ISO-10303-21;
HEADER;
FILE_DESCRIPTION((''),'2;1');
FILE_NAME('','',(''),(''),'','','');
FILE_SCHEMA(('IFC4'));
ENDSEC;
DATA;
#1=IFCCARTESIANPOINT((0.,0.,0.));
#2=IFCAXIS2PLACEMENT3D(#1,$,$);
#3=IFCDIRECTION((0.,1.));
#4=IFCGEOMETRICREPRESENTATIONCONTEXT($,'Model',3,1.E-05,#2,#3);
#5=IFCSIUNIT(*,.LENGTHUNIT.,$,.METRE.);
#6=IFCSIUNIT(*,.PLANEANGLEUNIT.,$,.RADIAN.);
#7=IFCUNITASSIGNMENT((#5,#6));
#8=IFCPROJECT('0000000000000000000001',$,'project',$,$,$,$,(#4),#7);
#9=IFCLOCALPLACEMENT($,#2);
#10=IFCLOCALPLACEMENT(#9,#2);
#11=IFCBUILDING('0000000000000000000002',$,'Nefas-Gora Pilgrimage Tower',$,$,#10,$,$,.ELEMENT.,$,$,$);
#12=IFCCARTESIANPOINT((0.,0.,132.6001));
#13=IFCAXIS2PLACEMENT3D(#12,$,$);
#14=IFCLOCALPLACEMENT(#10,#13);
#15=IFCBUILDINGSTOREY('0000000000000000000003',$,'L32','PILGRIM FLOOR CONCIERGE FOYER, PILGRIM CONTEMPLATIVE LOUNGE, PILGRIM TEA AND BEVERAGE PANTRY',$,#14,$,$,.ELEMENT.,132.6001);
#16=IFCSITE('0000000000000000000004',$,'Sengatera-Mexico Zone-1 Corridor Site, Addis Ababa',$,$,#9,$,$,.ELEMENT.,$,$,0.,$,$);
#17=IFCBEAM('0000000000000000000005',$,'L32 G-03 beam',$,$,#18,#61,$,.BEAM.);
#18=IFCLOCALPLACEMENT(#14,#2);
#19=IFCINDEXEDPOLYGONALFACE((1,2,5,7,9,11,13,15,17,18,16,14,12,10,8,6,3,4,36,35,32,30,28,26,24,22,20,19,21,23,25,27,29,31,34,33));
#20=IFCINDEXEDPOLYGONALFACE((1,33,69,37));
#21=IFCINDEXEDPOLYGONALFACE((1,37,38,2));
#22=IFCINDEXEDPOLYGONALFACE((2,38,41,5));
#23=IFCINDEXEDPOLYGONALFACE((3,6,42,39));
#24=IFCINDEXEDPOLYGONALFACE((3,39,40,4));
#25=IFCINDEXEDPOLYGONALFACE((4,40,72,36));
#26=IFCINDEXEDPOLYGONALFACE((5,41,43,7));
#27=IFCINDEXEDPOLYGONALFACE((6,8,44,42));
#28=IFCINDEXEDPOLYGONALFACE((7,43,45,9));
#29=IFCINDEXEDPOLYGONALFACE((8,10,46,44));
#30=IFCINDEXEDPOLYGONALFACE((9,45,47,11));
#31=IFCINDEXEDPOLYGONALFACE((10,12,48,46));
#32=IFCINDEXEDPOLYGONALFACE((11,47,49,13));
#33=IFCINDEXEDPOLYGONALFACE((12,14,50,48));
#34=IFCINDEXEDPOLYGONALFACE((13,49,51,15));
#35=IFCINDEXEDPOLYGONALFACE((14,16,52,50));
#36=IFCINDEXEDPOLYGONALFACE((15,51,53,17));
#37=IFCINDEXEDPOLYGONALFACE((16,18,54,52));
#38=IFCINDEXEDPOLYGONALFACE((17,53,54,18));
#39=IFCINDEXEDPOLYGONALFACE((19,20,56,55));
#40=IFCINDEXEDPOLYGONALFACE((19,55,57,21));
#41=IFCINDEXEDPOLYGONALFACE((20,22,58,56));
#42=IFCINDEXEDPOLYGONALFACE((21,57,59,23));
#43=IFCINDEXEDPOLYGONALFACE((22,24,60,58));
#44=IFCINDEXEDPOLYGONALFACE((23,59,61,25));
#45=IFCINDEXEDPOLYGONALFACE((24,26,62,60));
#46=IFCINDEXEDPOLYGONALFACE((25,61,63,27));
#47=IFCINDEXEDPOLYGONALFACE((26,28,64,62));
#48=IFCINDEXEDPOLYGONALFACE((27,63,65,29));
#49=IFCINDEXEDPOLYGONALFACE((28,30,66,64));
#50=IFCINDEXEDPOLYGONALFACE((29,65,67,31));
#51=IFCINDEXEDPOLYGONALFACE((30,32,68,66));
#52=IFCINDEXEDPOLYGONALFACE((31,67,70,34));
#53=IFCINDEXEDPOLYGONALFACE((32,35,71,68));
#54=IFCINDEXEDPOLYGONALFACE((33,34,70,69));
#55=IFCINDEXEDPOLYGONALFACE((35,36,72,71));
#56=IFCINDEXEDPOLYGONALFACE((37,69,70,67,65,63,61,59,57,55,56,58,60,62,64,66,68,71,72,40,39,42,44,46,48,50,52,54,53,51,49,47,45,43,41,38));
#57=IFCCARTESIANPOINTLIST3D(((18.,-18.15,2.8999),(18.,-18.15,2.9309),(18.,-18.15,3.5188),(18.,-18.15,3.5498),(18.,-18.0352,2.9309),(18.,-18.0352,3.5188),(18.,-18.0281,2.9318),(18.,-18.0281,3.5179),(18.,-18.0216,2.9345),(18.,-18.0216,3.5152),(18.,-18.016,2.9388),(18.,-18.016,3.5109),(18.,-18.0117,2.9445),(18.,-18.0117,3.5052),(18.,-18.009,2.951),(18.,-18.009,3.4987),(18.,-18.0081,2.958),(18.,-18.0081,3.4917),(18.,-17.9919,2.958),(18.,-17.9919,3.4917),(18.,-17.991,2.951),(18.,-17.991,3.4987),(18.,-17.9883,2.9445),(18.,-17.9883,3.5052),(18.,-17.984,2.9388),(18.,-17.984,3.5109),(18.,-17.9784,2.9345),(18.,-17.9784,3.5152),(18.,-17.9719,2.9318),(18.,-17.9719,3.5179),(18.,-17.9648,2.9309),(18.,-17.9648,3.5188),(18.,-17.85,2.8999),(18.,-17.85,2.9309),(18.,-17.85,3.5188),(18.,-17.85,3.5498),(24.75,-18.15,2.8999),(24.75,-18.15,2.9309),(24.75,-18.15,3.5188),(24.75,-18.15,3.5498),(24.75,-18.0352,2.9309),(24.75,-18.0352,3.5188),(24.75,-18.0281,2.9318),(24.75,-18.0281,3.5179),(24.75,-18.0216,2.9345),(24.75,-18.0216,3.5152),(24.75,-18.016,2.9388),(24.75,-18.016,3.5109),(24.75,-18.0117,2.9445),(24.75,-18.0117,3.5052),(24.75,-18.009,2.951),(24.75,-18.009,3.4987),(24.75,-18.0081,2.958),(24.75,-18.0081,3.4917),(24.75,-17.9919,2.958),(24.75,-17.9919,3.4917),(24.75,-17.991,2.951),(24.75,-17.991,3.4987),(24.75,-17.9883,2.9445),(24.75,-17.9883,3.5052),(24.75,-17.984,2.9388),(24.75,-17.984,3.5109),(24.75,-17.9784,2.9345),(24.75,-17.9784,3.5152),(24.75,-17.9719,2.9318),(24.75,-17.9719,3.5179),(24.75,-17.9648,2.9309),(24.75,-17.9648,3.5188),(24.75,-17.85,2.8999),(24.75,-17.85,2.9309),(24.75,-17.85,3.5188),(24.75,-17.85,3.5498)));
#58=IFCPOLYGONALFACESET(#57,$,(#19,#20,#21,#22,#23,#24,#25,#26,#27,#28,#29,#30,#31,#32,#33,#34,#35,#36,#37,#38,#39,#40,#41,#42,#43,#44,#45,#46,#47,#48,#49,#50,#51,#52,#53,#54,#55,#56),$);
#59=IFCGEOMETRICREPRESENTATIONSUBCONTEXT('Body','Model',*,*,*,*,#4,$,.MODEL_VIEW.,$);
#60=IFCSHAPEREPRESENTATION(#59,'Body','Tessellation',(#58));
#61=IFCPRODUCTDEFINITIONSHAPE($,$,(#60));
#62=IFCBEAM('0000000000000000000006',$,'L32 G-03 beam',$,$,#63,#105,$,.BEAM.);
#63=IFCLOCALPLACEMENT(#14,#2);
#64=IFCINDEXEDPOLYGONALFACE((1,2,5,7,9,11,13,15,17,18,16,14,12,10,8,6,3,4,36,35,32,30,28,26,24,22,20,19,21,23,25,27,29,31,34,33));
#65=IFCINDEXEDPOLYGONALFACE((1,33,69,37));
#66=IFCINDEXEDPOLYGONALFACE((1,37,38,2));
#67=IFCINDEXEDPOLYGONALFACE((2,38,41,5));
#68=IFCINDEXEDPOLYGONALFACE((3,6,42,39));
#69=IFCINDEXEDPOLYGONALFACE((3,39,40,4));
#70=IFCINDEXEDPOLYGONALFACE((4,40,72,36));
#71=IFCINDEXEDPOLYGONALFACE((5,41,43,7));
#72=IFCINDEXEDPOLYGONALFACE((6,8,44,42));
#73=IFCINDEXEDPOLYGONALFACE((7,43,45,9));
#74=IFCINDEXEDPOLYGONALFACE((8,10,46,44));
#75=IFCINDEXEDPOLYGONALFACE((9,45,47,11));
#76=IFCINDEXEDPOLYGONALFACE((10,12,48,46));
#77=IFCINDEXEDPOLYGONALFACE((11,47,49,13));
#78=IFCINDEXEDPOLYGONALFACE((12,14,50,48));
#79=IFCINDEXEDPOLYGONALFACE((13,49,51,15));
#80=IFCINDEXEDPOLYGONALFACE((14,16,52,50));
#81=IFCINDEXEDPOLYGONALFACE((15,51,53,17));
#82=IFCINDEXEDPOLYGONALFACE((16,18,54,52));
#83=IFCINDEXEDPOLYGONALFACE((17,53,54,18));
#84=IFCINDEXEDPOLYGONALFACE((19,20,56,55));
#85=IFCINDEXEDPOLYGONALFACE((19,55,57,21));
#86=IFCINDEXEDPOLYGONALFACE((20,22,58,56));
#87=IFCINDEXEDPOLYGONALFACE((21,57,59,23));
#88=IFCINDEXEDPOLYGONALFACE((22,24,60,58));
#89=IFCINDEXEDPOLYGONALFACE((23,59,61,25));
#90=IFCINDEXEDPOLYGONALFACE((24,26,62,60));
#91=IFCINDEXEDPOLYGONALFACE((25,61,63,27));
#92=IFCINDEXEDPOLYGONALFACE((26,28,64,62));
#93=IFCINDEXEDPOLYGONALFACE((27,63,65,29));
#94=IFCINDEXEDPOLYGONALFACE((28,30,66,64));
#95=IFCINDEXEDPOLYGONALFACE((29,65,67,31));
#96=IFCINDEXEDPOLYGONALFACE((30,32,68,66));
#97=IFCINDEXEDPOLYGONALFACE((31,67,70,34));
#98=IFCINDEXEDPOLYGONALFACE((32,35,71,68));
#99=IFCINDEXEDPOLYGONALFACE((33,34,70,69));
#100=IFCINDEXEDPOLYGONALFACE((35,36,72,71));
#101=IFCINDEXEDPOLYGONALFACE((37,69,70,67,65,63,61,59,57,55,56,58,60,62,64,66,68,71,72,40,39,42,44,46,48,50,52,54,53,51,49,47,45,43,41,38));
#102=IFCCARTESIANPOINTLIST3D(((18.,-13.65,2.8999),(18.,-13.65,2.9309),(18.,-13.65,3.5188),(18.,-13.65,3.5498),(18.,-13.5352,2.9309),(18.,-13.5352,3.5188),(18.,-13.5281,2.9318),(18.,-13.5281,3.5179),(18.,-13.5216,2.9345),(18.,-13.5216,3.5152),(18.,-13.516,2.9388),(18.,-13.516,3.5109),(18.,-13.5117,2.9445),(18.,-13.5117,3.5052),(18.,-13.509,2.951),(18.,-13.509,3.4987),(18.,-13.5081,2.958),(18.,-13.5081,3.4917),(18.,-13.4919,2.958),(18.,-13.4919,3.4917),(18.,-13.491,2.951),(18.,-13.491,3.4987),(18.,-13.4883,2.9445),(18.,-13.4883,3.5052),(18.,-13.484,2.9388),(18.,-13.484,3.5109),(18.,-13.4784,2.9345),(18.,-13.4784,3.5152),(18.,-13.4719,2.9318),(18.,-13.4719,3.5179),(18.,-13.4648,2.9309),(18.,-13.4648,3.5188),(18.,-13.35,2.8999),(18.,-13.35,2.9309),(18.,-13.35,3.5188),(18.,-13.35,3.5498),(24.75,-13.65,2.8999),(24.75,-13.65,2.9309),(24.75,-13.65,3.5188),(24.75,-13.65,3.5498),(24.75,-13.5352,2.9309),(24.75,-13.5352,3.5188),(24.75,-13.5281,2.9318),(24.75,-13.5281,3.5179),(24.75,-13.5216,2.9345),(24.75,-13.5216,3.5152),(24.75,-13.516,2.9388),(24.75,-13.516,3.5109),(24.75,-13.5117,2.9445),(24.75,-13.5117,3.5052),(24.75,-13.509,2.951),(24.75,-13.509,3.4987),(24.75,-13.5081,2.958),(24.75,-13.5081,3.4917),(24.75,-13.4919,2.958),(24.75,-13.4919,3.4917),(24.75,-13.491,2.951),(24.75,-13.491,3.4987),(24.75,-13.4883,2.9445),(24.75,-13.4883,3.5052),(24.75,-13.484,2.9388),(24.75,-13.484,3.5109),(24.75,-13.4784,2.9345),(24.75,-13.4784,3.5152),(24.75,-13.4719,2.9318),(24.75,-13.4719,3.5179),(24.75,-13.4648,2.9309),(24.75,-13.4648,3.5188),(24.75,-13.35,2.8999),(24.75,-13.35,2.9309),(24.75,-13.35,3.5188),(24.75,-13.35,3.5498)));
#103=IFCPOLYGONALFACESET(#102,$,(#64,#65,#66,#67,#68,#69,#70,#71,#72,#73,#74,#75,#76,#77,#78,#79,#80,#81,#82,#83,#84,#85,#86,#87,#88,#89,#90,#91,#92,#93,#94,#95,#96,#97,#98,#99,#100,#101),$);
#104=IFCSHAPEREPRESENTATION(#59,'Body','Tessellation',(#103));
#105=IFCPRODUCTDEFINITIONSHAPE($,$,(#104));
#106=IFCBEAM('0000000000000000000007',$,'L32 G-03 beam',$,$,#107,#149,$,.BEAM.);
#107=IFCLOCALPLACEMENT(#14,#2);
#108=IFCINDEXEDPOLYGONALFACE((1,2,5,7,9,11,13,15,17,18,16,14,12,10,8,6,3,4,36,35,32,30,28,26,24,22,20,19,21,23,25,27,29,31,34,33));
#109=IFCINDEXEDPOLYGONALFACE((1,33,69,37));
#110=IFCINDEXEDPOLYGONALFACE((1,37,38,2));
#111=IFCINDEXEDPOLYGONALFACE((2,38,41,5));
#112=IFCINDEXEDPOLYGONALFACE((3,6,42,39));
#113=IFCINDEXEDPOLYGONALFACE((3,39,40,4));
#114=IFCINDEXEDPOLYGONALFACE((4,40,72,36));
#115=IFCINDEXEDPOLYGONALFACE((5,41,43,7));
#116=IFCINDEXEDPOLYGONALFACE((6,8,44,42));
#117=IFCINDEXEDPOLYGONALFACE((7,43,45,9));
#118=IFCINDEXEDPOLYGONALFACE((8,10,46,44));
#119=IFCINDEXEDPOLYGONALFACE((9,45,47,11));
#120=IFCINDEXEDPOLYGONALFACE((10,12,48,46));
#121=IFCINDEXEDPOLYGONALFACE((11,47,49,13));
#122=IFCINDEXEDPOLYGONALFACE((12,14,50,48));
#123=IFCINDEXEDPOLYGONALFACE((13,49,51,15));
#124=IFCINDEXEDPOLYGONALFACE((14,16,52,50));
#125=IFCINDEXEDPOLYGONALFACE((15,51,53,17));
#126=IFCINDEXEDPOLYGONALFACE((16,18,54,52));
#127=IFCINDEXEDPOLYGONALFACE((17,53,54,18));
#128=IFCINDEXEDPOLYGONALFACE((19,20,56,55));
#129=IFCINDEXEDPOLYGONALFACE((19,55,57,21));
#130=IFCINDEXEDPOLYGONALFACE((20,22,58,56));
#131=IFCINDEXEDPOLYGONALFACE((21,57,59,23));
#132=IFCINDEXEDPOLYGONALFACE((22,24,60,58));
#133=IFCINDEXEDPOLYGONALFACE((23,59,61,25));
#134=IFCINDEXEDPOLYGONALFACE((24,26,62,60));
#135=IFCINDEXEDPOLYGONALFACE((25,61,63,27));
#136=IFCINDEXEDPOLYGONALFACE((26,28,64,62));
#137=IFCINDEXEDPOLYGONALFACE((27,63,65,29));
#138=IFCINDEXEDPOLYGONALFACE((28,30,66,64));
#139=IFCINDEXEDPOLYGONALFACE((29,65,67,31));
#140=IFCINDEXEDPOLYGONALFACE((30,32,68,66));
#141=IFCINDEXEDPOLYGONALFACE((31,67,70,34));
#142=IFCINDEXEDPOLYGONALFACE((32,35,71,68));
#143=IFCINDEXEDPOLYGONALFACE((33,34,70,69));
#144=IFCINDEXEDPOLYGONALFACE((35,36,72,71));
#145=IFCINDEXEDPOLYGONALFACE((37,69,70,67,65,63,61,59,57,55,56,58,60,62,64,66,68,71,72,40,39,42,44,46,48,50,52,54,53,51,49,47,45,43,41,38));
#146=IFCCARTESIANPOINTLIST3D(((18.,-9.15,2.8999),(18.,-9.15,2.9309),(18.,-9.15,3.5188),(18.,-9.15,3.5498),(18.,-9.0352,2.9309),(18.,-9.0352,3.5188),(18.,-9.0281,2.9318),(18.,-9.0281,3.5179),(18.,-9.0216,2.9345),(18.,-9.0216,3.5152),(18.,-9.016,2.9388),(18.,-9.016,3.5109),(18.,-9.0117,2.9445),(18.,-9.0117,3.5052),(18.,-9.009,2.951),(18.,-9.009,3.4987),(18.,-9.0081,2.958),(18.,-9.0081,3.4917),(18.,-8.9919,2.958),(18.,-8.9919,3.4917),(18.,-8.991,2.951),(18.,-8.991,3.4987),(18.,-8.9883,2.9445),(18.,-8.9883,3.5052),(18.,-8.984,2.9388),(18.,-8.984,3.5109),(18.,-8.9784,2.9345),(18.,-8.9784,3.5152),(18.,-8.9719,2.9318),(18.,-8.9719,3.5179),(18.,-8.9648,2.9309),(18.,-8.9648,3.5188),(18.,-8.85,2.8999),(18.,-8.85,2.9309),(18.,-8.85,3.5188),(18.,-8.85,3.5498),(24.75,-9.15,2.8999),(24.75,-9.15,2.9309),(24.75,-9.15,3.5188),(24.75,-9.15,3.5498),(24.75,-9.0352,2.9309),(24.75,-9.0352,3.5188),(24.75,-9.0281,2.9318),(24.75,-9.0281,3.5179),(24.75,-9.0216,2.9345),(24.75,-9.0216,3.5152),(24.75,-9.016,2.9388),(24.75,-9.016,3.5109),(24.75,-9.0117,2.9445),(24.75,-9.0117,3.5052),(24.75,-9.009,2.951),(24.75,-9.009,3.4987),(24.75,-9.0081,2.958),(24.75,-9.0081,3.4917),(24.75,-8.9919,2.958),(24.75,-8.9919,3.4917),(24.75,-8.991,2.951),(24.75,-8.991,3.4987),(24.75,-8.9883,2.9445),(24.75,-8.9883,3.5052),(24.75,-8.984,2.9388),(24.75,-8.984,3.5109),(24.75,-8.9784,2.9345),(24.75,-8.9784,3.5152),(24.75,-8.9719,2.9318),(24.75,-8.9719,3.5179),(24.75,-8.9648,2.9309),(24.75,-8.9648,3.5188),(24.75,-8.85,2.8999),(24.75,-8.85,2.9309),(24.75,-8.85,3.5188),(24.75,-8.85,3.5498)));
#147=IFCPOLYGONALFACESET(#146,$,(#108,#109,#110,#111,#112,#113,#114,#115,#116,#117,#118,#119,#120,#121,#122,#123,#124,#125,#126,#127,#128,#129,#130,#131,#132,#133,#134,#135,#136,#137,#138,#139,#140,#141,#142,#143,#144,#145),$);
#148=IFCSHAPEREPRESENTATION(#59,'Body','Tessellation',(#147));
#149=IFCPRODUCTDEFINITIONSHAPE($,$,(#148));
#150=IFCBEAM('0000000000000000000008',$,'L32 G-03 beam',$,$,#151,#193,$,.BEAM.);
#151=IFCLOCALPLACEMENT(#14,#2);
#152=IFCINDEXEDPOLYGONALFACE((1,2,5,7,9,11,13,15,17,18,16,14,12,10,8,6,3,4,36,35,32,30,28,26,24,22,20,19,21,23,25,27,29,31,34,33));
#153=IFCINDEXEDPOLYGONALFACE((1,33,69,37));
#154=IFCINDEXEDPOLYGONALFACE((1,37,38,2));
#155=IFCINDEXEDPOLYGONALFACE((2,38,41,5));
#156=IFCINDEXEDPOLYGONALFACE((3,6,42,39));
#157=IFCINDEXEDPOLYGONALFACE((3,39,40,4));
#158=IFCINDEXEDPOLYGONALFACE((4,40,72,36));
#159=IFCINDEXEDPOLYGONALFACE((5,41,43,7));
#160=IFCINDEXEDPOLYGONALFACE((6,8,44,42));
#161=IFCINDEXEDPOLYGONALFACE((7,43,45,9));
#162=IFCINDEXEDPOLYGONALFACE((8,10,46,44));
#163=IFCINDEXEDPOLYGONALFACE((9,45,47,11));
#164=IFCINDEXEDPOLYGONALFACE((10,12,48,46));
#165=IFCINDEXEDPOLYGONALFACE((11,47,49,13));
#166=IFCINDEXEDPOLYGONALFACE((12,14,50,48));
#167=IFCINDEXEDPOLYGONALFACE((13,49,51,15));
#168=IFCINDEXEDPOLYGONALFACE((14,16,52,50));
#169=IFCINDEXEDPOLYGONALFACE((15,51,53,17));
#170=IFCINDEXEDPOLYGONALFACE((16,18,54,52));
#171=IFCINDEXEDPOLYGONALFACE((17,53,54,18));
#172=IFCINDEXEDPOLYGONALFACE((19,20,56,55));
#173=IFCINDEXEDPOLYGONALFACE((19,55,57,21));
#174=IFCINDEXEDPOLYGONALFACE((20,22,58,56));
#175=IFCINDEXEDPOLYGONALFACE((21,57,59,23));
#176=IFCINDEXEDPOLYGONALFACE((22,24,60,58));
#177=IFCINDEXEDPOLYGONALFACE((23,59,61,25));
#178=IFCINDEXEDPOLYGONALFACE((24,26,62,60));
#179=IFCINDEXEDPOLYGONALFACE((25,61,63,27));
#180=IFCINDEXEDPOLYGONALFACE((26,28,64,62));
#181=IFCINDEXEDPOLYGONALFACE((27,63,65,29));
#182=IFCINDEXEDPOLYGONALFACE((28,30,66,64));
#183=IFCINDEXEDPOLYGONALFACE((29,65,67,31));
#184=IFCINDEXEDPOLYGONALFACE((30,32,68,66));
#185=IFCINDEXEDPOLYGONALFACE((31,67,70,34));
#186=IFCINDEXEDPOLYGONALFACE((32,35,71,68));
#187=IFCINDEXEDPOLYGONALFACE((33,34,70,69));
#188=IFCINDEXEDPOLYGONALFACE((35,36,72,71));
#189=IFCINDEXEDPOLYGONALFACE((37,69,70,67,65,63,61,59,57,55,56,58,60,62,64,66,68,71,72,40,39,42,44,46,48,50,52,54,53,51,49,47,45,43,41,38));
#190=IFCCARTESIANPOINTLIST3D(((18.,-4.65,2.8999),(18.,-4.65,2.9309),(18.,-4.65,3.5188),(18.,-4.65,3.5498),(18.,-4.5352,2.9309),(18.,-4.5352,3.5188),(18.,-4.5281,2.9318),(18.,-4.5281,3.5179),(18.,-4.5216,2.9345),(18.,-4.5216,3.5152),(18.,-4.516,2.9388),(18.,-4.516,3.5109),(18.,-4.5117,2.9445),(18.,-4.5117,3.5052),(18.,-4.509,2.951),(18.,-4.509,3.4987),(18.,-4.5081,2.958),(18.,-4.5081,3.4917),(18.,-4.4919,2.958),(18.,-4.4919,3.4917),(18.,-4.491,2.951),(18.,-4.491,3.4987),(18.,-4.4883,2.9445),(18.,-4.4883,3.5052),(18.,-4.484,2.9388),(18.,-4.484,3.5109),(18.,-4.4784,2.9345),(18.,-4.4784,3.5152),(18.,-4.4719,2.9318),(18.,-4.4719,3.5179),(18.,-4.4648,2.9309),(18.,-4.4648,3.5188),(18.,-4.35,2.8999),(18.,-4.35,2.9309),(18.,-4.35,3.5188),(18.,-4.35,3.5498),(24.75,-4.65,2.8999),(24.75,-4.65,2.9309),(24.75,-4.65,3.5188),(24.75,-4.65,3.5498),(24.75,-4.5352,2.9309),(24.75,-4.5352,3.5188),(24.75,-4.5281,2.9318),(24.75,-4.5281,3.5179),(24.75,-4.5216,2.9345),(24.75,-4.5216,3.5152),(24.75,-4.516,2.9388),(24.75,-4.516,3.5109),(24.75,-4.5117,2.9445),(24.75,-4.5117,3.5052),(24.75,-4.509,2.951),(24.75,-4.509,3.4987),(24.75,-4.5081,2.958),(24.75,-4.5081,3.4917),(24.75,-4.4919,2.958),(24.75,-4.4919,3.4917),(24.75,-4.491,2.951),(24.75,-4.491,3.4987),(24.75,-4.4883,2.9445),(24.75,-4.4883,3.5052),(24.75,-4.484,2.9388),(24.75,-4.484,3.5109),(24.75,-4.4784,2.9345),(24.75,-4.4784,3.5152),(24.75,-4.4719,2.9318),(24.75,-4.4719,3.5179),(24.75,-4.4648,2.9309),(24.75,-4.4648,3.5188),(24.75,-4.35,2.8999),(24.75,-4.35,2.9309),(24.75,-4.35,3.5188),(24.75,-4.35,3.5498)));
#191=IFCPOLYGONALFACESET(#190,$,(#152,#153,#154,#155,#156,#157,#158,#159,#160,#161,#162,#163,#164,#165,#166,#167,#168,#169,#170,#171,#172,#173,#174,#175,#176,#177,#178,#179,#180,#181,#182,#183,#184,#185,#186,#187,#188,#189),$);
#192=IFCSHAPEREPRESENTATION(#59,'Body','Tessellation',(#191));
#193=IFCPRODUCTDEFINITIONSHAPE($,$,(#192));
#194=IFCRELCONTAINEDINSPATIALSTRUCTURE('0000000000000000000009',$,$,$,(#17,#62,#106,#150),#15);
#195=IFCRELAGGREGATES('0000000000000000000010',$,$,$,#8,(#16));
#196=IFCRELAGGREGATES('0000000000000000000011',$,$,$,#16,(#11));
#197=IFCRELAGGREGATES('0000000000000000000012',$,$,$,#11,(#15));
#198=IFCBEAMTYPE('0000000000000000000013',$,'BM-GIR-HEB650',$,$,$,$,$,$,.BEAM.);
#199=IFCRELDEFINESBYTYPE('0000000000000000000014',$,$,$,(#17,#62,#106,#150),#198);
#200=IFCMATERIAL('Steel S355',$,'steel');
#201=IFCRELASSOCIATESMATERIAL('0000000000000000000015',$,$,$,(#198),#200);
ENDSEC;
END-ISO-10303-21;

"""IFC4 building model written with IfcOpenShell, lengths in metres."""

from ifc_helpers import new_model, si_unit, direction, frame, origin, origin_2d, place, context, subcontext, project, spatial, i_section, extrude, source, transform, mapped, material, material_profile, profile_set, type_object, element, save


model = new_model("IFC4")

# Units and contexts
model_context = context("Model", 3, precision=1e-05, world=origin(), true_north=direction((0.0, 1.0)))
body_context = subcontext(model_context, "Body", "Model", "MODEL_VIEW")
ifc_project = project(units=[si_unit("LENGTHUNIT", "METRE"), si_unit("PLANEANGLEUNIT", "RADIAN")], contexts=[model_context])

# Site, building, storey
site_placement = place(None, origin())
site = spatial("IfcSite", under=ifc_project, at=site_placement, Name="Sengatera-Mexico Zone-1 Corridor Site, Addis Ababa", CompositionType="ELEMENT", RefElevation=0.0)
building_placement = place(site_placement, origin())
building = spatial("IfcBuilding", under=site, at=building_placement, Name="Nefas-Gora Pilgrimage Tower", CompositionType="ELEMENT")
storey_placement = place(building_placement, frame((0.0, 0.0, 132.6001)))
storey = spatial("IfcBuildingStorey", under=building, at=storey_placement, Name="L32", Description="PILGRIM FLOOR CONCIERGE FOYER, PILGRIM CONTEMPLATIVE LOUNGE, PILGRIM TEA AND BEVERAGE PANTRY", CompositionType="ELEMENT", Elevation=132.6001)

# Beams
ifc_material_1 = material(Name="Steel S355", Category="steel")
ifc_material_profile_1 = material_profile(ifc_material_1, i_section(OverallWidth=0.3, OverallDepth=0.6499, WebThickness=0.0161, FlangeThickness=0.031, FilletRadius=0.0271, at=origin_2d()), Name="HEB 650")
ifc_profile_set_1 = profile_set([ifc_material_profile_1], Name="Steel S355")
beam_type_1 = type_object("IfcBeamType", Name="BM-GIR-HEB650", PredefinedType="BEAM", material=ifc_profile_set_1)
shared_shape_1 = source(origin(), body_context, "Body", "SweptSolid", [
    extrude(i_section(OverallWidth=0.3, OverallDepth=0.6499, WebThickness=0.0161, FlangeThickness=0.031, FilletRadius=0.0271, at=origin_2d()), origin(), (0.0, 0.0, 1.0), 6.75),
])
for number, where, z_axis, x_axis, name in (
    (1, (18.0, -18.0, 3.2249), (1.0, 0.0, 0.0), (0.0, 1.0, 0.0), "L32 G-03 beam"),
    (2, (18.0, -13.5, 3.2249), (1.0, 0.0, 0.0), (0.0, 1.0, 0.0), "L32 G-03 beam"),
    (3, (18.0, -9.0, 3.2249), (1.0, 0.0, 0.0), (0.0, 1.0, 0.0), "L32 G-03 beam"),
    (4, (18.0, -4.5, 3.2249), (1.0, 0.0, 0.0), (0.0, 1.0, 0.0), "L32 G-03 beam"),
):
    element("IfcBeam", number, at=place(storey_placement, frame(where, z_axis=z_axis, x_axis=x_axis)), inside=storey, type_object=beam_type_1, Name=name, PredefinedType="BEAM", context=body_context, shape_type="MappedRepresentation", body=[
        mapped(shared_shape_1, transform((0.0, 0.0, 0.0), x_axis=(1.0, 0.0, 0.0), y_axis=(0.0, 1.0, 0.0), z_axis=(0.0, 0.0, 1.0), scale=1.0)),
    ])

save(model, "model.ifc")
